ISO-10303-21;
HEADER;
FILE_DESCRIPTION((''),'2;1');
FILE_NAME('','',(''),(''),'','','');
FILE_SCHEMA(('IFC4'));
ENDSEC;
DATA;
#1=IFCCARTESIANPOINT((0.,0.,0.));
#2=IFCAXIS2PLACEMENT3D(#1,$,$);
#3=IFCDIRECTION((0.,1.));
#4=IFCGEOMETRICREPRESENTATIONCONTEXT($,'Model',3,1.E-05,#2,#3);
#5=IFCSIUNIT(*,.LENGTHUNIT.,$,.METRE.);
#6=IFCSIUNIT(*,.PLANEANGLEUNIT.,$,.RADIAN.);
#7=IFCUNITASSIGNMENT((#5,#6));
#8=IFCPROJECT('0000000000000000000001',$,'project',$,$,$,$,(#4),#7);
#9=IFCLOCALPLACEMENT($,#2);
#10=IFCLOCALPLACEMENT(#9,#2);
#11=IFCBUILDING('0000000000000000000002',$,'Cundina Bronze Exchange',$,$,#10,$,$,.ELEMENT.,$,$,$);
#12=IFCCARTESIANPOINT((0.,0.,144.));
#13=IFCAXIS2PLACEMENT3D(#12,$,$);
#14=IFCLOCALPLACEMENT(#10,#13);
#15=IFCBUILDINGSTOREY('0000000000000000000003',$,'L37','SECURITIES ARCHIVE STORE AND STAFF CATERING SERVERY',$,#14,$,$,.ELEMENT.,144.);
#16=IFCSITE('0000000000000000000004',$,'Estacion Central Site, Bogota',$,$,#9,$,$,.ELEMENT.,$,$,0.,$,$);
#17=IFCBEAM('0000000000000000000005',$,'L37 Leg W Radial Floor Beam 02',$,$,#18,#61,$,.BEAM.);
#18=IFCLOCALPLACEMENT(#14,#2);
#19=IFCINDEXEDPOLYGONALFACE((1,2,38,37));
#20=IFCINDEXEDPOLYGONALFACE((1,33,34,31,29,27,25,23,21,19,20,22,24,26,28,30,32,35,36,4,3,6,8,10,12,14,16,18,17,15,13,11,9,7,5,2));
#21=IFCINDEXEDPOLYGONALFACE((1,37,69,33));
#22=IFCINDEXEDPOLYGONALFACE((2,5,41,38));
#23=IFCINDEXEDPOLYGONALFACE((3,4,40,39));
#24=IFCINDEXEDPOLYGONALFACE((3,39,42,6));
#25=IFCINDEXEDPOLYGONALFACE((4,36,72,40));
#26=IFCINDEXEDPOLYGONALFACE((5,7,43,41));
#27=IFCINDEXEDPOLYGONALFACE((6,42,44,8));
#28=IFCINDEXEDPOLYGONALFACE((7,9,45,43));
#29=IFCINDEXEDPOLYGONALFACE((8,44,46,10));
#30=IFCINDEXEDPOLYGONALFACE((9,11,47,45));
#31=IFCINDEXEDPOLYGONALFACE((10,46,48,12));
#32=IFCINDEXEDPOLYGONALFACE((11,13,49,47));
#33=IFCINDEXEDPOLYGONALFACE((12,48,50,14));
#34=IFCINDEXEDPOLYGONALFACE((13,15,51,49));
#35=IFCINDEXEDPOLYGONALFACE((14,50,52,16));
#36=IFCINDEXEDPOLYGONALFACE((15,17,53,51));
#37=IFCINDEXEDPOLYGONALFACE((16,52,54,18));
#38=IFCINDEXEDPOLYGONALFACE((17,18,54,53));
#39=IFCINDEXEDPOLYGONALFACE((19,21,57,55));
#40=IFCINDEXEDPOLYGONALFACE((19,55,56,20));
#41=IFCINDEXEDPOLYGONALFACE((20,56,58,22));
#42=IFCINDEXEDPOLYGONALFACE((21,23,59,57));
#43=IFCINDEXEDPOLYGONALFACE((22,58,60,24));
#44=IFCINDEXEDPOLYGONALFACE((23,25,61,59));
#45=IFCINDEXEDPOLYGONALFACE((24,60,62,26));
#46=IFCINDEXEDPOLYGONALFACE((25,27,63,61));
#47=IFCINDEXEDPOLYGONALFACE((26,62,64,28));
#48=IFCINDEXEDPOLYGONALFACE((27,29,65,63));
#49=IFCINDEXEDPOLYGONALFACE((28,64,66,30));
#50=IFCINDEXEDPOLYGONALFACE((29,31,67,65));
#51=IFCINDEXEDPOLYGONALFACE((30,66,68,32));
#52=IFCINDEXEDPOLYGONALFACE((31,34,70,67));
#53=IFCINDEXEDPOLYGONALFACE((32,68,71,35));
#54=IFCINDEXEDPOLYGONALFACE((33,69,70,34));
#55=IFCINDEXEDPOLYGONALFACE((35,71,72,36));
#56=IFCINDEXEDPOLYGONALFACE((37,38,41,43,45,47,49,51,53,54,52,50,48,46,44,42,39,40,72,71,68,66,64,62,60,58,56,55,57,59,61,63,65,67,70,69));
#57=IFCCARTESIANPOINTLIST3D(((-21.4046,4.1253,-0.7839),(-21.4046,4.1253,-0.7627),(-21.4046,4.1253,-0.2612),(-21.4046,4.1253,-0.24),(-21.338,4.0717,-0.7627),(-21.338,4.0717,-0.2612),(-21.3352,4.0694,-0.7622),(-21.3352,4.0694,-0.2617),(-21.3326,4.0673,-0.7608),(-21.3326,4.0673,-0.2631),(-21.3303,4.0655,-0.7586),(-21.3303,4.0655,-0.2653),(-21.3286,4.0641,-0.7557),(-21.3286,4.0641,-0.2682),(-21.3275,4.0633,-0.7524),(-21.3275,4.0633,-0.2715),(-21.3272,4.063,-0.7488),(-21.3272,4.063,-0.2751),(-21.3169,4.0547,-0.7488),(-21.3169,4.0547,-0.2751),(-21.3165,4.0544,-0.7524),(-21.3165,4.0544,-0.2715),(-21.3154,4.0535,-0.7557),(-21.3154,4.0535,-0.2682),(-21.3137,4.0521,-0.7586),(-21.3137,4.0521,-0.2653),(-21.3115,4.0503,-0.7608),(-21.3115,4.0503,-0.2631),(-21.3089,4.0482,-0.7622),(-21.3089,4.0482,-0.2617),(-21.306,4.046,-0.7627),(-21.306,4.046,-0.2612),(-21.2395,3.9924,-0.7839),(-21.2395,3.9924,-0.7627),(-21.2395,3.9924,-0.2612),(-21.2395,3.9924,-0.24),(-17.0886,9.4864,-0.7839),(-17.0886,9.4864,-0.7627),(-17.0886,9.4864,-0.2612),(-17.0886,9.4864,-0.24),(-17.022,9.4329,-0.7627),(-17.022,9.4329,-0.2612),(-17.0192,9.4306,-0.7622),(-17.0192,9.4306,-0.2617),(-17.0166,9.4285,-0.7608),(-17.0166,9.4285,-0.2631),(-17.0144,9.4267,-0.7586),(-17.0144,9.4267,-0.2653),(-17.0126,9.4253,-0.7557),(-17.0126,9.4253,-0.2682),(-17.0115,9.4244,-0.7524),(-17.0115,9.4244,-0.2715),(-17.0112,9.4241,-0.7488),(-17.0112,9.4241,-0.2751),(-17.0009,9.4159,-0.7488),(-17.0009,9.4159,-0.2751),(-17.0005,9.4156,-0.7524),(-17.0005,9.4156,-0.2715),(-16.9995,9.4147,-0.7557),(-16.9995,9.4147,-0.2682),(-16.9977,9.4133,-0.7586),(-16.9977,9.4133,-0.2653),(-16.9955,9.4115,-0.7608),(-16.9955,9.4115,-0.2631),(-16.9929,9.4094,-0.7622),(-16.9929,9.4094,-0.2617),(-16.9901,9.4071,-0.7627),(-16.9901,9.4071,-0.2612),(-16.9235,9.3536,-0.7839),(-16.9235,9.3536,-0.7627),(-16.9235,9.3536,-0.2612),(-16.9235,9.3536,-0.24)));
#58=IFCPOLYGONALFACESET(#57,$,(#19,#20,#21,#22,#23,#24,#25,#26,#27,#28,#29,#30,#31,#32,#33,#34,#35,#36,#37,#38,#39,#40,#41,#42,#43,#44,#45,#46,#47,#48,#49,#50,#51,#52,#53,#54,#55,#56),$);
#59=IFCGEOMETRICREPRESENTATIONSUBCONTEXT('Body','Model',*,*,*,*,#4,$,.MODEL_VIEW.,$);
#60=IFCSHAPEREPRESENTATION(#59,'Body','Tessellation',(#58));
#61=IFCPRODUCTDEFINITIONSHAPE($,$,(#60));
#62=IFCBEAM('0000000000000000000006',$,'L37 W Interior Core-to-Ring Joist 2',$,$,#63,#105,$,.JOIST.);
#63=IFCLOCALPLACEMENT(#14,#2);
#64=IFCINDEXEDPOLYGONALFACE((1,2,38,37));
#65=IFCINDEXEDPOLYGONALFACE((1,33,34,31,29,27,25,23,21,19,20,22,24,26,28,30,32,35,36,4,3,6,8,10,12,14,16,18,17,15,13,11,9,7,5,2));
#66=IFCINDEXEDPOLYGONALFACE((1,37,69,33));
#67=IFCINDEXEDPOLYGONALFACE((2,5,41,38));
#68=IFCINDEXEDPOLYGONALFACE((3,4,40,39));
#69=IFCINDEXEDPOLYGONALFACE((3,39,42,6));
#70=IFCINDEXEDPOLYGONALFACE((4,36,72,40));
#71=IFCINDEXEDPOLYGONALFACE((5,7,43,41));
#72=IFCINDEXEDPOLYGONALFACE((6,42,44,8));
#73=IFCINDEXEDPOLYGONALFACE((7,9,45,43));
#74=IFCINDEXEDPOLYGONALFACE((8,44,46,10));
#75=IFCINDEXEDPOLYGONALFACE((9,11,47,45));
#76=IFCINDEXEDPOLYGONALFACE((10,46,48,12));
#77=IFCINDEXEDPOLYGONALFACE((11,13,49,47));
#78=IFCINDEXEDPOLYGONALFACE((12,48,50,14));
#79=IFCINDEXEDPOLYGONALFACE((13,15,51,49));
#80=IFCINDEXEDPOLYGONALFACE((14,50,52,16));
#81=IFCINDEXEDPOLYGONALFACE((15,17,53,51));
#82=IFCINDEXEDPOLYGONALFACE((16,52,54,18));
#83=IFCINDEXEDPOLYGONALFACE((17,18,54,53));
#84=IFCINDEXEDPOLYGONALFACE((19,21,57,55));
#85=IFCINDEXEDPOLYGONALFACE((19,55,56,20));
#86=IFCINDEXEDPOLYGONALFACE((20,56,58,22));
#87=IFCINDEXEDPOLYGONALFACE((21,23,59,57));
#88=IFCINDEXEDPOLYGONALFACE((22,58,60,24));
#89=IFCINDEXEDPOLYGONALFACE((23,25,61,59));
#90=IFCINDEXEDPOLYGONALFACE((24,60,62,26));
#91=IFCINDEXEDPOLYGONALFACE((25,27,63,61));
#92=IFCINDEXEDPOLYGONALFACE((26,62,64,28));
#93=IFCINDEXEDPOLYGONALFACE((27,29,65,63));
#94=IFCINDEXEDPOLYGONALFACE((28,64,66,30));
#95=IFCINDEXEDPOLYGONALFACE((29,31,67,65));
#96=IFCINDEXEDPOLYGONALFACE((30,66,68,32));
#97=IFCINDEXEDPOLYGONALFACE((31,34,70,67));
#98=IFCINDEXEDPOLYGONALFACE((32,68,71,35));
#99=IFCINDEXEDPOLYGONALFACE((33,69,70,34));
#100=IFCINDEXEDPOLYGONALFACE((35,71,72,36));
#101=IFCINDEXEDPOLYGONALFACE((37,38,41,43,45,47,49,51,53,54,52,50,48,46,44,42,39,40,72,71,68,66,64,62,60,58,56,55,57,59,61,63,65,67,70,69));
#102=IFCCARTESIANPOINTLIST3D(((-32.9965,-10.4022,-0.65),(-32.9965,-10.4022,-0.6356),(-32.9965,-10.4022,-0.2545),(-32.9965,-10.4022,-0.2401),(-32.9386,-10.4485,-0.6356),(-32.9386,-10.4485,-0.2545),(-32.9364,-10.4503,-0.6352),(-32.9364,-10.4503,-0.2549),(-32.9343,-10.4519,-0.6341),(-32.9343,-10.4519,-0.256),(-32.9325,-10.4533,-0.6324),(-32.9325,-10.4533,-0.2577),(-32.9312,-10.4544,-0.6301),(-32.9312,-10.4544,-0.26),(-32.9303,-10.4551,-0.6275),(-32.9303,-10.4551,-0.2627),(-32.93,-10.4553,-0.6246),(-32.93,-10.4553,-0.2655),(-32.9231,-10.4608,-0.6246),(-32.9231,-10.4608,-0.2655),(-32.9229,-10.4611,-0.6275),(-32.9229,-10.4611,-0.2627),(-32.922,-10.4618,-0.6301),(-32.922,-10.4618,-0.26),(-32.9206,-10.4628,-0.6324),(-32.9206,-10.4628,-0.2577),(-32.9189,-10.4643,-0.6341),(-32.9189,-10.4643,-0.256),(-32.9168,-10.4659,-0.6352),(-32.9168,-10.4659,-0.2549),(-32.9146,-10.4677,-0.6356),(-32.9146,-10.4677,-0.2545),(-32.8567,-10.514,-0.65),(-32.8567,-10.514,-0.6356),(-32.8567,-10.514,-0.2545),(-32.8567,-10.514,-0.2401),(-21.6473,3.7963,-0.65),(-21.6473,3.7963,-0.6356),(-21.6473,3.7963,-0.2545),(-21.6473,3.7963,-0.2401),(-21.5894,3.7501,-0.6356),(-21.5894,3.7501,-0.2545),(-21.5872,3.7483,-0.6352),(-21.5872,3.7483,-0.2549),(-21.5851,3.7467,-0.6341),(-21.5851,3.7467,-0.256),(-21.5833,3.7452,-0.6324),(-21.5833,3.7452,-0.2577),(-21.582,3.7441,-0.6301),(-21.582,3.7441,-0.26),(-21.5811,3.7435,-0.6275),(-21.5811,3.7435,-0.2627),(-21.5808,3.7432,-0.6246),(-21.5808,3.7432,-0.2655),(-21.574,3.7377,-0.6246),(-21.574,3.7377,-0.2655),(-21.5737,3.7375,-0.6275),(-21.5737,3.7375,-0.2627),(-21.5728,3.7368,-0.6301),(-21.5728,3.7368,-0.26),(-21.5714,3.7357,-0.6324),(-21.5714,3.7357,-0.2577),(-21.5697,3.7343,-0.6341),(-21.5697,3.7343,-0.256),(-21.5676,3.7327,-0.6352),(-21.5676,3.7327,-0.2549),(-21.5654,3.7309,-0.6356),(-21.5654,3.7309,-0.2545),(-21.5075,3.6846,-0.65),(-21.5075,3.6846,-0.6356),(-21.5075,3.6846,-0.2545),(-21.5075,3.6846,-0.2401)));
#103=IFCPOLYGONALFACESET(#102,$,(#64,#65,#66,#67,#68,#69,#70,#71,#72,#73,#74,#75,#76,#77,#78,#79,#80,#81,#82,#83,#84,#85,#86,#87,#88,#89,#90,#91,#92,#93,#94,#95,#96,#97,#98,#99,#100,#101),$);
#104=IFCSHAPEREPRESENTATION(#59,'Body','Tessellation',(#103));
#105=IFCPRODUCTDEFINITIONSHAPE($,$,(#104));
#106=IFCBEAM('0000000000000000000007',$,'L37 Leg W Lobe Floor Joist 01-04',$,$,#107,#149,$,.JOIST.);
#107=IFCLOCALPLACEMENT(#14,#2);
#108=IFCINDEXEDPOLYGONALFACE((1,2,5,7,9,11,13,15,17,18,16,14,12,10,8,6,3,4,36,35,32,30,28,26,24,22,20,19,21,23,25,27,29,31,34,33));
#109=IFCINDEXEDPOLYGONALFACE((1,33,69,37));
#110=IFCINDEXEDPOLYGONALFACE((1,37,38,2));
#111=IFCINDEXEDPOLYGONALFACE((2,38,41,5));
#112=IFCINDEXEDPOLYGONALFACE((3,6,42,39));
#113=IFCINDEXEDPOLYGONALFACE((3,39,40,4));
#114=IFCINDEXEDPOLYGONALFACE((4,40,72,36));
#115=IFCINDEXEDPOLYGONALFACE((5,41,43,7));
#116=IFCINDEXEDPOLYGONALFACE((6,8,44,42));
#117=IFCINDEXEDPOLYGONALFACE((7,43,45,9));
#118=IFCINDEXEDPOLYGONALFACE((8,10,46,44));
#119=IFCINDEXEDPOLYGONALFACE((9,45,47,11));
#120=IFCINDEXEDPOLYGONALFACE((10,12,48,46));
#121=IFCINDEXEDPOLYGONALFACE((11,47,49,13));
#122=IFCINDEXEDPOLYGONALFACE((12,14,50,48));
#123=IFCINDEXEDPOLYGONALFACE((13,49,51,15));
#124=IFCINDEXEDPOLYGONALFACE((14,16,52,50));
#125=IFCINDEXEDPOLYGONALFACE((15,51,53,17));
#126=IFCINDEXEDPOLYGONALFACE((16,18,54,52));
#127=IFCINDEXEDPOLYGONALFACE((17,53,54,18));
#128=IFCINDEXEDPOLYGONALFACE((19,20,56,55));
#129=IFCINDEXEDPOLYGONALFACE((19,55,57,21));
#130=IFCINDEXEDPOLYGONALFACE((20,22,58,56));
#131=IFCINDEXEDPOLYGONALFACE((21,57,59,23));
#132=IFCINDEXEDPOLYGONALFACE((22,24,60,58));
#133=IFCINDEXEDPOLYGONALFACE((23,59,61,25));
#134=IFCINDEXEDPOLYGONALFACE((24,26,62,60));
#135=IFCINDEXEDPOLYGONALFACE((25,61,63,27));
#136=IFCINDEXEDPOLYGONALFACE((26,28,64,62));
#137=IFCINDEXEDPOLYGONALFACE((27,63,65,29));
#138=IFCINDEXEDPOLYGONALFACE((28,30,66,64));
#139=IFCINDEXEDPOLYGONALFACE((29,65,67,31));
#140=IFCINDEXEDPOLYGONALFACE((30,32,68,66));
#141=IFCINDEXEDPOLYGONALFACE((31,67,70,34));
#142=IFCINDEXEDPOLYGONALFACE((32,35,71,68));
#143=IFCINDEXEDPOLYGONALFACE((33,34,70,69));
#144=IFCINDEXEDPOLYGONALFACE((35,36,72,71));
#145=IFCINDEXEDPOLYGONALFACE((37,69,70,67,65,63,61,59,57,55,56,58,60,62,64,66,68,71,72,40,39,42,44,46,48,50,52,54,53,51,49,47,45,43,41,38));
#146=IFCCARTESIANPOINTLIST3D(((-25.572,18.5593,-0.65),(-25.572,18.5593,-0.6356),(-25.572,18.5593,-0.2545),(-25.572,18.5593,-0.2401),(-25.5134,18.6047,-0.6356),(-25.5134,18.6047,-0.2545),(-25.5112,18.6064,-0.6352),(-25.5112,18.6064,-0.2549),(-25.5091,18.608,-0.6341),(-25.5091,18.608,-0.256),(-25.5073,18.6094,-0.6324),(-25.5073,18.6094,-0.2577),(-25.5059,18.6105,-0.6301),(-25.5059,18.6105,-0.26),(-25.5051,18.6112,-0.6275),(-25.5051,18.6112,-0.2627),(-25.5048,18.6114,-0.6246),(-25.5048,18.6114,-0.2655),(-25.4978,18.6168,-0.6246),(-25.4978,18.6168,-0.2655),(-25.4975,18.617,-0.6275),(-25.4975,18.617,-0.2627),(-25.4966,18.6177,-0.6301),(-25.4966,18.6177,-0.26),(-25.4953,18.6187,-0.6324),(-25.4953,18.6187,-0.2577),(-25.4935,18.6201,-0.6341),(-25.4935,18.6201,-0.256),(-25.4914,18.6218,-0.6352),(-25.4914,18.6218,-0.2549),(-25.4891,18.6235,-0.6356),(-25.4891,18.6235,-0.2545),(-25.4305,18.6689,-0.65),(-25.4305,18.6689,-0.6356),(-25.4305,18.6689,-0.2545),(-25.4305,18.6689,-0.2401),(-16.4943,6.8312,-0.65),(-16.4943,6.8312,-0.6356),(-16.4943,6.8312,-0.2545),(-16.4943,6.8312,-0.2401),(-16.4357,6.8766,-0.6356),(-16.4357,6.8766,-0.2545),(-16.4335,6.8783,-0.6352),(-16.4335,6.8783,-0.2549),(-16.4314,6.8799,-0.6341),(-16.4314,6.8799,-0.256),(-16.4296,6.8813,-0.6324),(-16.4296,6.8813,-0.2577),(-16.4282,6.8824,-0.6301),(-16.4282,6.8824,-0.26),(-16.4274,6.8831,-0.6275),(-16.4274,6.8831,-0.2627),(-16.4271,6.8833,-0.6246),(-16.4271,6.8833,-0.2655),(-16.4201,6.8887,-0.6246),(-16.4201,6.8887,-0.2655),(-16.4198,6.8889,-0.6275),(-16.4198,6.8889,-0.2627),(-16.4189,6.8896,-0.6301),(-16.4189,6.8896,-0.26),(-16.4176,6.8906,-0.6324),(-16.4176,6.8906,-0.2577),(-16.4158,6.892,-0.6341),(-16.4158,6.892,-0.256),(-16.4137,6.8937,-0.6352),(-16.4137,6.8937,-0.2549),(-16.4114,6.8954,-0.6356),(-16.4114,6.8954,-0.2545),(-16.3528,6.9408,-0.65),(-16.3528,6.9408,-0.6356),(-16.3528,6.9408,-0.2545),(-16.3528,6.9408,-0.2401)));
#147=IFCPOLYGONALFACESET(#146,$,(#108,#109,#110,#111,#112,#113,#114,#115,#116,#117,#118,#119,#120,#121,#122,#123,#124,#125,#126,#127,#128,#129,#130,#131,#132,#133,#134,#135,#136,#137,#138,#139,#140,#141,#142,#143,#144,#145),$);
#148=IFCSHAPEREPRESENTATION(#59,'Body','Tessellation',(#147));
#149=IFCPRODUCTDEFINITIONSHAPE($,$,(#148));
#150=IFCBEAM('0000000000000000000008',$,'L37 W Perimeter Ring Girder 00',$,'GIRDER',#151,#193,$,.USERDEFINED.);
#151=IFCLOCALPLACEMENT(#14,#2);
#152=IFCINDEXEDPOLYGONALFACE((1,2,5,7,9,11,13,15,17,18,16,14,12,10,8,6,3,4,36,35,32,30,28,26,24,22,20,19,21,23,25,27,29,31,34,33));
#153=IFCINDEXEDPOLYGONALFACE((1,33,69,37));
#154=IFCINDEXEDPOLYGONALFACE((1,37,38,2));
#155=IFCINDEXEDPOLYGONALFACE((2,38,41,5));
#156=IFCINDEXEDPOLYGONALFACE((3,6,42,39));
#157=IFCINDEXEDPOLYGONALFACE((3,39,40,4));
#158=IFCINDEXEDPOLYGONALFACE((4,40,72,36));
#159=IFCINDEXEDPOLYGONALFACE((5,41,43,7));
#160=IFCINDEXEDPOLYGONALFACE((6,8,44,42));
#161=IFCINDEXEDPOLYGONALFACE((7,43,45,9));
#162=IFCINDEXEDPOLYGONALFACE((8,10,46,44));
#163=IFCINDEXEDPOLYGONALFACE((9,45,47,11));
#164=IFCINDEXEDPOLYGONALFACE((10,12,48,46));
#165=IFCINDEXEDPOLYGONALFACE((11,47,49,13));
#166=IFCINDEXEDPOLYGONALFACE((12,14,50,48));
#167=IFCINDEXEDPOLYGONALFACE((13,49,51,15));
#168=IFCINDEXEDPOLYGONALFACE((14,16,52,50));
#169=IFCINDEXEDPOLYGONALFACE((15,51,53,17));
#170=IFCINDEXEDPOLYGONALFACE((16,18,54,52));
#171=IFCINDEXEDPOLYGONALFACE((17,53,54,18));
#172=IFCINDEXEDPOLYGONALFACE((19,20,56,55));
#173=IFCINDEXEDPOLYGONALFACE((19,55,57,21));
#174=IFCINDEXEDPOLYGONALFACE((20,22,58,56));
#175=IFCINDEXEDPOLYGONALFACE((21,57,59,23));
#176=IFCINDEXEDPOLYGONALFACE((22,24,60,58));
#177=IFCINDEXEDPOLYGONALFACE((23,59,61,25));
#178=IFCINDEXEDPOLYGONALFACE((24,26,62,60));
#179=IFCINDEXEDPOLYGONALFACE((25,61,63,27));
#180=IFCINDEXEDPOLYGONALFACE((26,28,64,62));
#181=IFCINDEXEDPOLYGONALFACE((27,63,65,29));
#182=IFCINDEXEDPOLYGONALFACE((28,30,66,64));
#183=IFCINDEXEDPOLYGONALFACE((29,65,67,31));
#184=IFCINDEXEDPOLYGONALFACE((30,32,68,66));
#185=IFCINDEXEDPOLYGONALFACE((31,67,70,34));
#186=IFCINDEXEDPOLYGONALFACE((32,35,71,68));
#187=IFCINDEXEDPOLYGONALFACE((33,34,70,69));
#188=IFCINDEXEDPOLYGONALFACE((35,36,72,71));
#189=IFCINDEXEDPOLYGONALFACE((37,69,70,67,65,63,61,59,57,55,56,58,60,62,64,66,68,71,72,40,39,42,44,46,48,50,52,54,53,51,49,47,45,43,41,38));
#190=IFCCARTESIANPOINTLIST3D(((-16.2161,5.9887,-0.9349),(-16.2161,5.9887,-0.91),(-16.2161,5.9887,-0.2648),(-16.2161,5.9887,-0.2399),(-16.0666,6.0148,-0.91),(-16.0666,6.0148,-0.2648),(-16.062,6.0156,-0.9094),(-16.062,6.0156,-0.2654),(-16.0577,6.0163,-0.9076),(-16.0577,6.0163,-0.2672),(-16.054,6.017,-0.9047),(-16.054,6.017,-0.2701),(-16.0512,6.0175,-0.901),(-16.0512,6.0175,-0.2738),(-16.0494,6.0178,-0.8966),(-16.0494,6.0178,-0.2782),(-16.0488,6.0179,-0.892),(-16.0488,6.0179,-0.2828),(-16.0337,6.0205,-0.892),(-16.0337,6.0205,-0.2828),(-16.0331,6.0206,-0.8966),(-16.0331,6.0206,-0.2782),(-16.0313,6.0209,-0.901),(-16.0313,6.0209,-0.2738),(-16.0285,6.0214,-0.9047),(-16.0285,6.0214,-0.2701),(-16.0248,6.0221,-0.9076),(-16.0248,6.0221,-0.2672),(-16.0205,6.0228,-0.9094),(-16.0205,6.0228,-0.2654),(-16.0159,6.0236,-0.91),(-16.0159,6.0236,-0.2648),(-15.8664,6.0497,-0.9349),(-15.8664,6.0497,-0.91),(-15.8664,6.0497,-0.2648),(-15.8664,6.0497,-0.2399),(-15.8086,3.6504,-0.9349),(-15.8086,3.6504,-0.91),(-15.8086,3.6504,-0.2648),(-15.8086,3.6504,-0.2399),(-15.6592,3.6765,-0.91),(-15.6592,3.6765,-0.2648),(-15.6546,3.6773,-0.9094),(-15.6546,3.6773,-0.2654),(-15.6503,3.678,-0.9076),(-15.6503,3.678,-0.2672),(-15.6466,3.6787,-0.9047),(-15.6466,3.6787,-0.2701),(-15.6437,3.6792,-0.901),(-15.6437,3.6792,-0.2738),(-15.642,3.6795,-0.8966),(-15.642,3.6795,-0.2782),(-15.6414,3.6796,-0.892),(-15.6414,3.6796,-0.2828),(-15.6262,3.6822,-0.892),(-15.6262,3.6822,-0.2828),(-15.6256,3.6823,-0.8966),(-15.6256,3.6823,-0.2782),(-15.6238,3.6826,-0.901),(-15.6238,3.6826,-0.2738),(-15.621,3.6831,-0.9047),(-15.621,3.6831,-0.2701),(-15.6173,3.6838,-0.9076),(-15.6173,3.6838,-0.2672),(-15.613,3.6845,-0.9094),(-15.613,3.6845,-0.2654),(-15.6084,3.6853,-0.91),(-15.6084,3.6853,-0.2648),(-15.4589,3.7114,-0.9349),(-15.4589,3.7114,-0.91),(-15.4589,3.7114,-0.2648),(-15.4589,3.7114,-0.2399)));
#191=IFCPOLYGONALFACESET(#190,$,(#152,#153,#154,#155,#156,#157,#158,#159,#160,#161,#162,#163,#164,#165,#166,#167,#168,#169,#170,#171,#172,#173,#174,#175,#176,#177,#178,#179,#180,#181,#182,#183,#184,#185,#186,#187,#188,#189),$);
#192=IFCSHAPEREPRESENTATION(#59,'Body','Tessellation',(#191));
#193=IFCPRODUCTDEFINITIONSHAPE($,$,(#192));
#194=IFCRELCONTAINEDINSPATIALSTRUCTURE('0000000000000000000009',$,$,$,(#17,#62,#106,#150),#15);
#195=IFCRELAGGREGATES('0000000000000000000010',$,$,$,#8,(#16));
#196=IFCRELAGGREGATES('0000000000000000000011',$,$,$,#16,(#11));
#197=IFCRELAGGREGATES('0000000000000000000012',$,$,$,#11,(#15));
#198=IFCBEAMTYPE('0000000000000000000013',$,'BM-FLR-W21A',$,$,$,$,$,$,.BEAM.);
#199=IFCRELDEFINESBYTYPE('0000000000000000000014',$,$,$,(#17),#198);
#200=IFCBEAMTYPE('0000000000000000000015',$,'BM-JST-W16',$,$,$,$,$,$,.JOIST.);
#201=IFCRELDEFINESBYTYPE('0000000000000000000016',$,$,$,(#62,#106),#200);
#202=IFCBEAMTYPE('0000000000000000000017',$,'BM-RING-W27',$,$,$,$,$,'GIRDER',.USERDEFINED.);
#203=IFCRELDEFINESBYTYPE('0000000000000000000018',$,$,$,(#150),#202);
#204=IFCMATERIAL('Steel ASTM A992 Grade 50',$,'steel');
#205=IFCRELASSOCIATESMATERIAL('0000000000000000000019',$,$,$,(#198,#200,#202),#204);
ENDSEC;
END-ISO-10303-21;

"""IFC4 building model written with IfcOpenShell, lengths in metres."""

from ifc_helpers import new_model, si_unit, direction, frame, origin, origin_2d, place, context, subcontext, project, spatial, i_section, extrude, material, material_profile, profile_set, type_object, element, save


model = new_model("IFC4")

# Units and contexts
model_context = context("Model", 3, precision=1e-05, world=origin(), true_north=direction((0.0, 1.0)))
body_context = subcontext(model_context, "Body", "Model", "MODEL_VIEW")
ifc_project = project(units=[si_unit("LENGTHUNIT", "METRE"), si_unit("PLANEANGLEUNIT", "RADIAN")], contexts=[model_context])

# Site, building, storey
site_placement = place(None, origin())
site = spatial("IfcSite", under=ifc_project, at=site_placement, Name="Estacion Central Site, Bogota", CompositionType="ELEMENT", RefElevation=0.0)
building_placement = place(site_placement, origin())
building = spatial("IfcBuilding", under=site, at=building_placement, Name="Cundina Bronze Exchange", CompositionType="ELEMENT")
storey_placement = place(building_placement, frame((0.0, 0.0, 144.0)))
storey = spatial("IfcBuildingStorey", under=building, at=storey_placement, Name="L37", Description="SECURITIES ARCHIVE STORE AND STAFF CATERING SERVERY", CompositionType="ELEMENT", Elevation=144.0)

# Shared definitions
ifc_material_1 = material(Name="Steel ASTM A992 Grade 50", Category="steel")

# Beams
ifc_material_profile_1 = material_profile(ifc_material_1, i_section(OverallWidth=0.2119, OverallDepth=0.5439, WebThickness=0.0132, FlangeThickness=0.0212, FilletRadius=0.0139, at=origin_2d()), Name="W21X83", Category="steel")
ifc_profile_set_1 = profile_set([ifc_material_profile_1], Name="Steel ASTM A992 Grade 50")
beam_type_1 = type_object("IfcBeamType", Name="BM-FLR-W21A", PredefinedType="BEAM", material=ifc_profile_set_1)
beam_1_placement = place(storey_placement, frame((-21.322, 4.0588, -0.512), z_axis=(0.627089, 0.778948, 0.0), x_axis=(-0.778948, 0.627089, 0.0)))
element("IfcBeam", 1, at=beam_1_placement, inside=storey, type_object=beam_type_1, Name="L37 Leg W Radial Floor Beam 02", PredefinedType="BEAM", context=body_context, shape_type="SweptSolid", body=[
    extrude(i_section(OverallWidth=0.2119, OverallDepth=0.5439, WebThickness=0.0132, FlangeThickness=0.0212, FilletRadius=0.0139, at=origin_2d()), origin(), (0.0, 0.0, 1.0), 6.8826),
])
ifc_material_profile_2 = material_profile(ifc_material_1, i_section(OverallWidth=0.179, OverallDepth=0.4099, WebThickness=0.0088, FlangeThickness=0.0144, FilletRadius=0.011, at=origin_2d()), Name="W16X45", Category="steel")
ifc_profile_set_2 = profile_set([ifc_material_profile_2], Name="Steel ASTM A992 Grade 50")
beam_type_2 = type_object("IfcBeamType", Name="BM-JST-W16", PredefinedType="JOIST", material=ifc_profile_set_2)
beam_2_placement = place(storey_placement, frame((-21.5774, 3.7405, -0.4451), z_axis=(-0.624371, -0.781128, 0.0), x_axis=(0.781128, -0.624371, 0.0)))
element("IfcBeam", 2, at=beam_2_placement, inside=storey, type_object=beam_type_2, Name="L37 W Interior Core-to-Ring Joist 2", PredefinedType="JOIST", context=body_context, shape_type="SweptSolid", body=[
    extrude(i_section(OverallWidth=0.179, OverallDepth=0.4099, WebThickness=0.0088, FlangeThickness=0.0144, FilletRadius=0.011, at=origin_2d()), origin(), (0.0, 0.0, 1.0), 18.177),
])
beam_3_placement = place(storey_placement, frame((-16.4236, 6.886, -0.4451), z_axis=(-0.612084, 0.790793, 0.0), x_axis=(-0.790793, -0.612084, 0.0)))
element("IfcBeam", 3, at=beam_3_placement, inside=storey, type_object=beam_type_2, Name="L37 Leg W Lobe Floor Joist 01-04", PredefinedType="JOIST", context=body_context, shape_type="SweptSolid", body=[
    extrude(i_section(OverallWidth=0.179, OverallDepth=0.4099, WebThickness=0.0088, FlangeThickness=0.0144, FilletRadius=0.011, at=origin_2d()), origin(), (0.0, 0.0, 1.0), 14.8308),
])
ifc_material_profile_3 = material_profile(ifc_material_1, i_section(OverallWidth=0.355, OverallDepth=0.6951, WebThickness=0.0154, FlangeThickness=0.0249, FilletRadius=0.0181, at=origin_2d()), Name="W27X146", Category="steel")
ifc_profile_set_3 = profile_set([ifc_material_profile_3], Name="Steel ASTM A992 Grade 50")
beam_type_3 = type_object("IfcBeamType", Name="BM-RING-W27", ElementType="GIRDER", PredefinedType="USERDEFINED", material=ifc_profile_set_3)
beam_4_placement = place(storey_placement, frame((-15.6338, 3.6809, -0.5874), z_axis=(-0.171667, 0.985155, 0.0), x_axis=(-0.985155, -0.171667, 0.0)))
element("IfcBeam", 4, at=beam_4_placement, inside=storey, type_object=beam_type_3, Name="L37 W Perimeter Ring Girder 00", ObjectType="GIRDER", PredefinedType="USERDEFINED", context=body_context, shape_type="SweptSolid", body=[
    extrude(i_section(OverallWidth=0.355, OverallDepth=0.6951, WebThickness=0.0154, FlangeThickness=0.0249, FilletRadius=0.0181, at=origin_2d()), origin(), (0.0, 0.0, 1.0), 2.3735),
])

save(model, "model.ifc")
